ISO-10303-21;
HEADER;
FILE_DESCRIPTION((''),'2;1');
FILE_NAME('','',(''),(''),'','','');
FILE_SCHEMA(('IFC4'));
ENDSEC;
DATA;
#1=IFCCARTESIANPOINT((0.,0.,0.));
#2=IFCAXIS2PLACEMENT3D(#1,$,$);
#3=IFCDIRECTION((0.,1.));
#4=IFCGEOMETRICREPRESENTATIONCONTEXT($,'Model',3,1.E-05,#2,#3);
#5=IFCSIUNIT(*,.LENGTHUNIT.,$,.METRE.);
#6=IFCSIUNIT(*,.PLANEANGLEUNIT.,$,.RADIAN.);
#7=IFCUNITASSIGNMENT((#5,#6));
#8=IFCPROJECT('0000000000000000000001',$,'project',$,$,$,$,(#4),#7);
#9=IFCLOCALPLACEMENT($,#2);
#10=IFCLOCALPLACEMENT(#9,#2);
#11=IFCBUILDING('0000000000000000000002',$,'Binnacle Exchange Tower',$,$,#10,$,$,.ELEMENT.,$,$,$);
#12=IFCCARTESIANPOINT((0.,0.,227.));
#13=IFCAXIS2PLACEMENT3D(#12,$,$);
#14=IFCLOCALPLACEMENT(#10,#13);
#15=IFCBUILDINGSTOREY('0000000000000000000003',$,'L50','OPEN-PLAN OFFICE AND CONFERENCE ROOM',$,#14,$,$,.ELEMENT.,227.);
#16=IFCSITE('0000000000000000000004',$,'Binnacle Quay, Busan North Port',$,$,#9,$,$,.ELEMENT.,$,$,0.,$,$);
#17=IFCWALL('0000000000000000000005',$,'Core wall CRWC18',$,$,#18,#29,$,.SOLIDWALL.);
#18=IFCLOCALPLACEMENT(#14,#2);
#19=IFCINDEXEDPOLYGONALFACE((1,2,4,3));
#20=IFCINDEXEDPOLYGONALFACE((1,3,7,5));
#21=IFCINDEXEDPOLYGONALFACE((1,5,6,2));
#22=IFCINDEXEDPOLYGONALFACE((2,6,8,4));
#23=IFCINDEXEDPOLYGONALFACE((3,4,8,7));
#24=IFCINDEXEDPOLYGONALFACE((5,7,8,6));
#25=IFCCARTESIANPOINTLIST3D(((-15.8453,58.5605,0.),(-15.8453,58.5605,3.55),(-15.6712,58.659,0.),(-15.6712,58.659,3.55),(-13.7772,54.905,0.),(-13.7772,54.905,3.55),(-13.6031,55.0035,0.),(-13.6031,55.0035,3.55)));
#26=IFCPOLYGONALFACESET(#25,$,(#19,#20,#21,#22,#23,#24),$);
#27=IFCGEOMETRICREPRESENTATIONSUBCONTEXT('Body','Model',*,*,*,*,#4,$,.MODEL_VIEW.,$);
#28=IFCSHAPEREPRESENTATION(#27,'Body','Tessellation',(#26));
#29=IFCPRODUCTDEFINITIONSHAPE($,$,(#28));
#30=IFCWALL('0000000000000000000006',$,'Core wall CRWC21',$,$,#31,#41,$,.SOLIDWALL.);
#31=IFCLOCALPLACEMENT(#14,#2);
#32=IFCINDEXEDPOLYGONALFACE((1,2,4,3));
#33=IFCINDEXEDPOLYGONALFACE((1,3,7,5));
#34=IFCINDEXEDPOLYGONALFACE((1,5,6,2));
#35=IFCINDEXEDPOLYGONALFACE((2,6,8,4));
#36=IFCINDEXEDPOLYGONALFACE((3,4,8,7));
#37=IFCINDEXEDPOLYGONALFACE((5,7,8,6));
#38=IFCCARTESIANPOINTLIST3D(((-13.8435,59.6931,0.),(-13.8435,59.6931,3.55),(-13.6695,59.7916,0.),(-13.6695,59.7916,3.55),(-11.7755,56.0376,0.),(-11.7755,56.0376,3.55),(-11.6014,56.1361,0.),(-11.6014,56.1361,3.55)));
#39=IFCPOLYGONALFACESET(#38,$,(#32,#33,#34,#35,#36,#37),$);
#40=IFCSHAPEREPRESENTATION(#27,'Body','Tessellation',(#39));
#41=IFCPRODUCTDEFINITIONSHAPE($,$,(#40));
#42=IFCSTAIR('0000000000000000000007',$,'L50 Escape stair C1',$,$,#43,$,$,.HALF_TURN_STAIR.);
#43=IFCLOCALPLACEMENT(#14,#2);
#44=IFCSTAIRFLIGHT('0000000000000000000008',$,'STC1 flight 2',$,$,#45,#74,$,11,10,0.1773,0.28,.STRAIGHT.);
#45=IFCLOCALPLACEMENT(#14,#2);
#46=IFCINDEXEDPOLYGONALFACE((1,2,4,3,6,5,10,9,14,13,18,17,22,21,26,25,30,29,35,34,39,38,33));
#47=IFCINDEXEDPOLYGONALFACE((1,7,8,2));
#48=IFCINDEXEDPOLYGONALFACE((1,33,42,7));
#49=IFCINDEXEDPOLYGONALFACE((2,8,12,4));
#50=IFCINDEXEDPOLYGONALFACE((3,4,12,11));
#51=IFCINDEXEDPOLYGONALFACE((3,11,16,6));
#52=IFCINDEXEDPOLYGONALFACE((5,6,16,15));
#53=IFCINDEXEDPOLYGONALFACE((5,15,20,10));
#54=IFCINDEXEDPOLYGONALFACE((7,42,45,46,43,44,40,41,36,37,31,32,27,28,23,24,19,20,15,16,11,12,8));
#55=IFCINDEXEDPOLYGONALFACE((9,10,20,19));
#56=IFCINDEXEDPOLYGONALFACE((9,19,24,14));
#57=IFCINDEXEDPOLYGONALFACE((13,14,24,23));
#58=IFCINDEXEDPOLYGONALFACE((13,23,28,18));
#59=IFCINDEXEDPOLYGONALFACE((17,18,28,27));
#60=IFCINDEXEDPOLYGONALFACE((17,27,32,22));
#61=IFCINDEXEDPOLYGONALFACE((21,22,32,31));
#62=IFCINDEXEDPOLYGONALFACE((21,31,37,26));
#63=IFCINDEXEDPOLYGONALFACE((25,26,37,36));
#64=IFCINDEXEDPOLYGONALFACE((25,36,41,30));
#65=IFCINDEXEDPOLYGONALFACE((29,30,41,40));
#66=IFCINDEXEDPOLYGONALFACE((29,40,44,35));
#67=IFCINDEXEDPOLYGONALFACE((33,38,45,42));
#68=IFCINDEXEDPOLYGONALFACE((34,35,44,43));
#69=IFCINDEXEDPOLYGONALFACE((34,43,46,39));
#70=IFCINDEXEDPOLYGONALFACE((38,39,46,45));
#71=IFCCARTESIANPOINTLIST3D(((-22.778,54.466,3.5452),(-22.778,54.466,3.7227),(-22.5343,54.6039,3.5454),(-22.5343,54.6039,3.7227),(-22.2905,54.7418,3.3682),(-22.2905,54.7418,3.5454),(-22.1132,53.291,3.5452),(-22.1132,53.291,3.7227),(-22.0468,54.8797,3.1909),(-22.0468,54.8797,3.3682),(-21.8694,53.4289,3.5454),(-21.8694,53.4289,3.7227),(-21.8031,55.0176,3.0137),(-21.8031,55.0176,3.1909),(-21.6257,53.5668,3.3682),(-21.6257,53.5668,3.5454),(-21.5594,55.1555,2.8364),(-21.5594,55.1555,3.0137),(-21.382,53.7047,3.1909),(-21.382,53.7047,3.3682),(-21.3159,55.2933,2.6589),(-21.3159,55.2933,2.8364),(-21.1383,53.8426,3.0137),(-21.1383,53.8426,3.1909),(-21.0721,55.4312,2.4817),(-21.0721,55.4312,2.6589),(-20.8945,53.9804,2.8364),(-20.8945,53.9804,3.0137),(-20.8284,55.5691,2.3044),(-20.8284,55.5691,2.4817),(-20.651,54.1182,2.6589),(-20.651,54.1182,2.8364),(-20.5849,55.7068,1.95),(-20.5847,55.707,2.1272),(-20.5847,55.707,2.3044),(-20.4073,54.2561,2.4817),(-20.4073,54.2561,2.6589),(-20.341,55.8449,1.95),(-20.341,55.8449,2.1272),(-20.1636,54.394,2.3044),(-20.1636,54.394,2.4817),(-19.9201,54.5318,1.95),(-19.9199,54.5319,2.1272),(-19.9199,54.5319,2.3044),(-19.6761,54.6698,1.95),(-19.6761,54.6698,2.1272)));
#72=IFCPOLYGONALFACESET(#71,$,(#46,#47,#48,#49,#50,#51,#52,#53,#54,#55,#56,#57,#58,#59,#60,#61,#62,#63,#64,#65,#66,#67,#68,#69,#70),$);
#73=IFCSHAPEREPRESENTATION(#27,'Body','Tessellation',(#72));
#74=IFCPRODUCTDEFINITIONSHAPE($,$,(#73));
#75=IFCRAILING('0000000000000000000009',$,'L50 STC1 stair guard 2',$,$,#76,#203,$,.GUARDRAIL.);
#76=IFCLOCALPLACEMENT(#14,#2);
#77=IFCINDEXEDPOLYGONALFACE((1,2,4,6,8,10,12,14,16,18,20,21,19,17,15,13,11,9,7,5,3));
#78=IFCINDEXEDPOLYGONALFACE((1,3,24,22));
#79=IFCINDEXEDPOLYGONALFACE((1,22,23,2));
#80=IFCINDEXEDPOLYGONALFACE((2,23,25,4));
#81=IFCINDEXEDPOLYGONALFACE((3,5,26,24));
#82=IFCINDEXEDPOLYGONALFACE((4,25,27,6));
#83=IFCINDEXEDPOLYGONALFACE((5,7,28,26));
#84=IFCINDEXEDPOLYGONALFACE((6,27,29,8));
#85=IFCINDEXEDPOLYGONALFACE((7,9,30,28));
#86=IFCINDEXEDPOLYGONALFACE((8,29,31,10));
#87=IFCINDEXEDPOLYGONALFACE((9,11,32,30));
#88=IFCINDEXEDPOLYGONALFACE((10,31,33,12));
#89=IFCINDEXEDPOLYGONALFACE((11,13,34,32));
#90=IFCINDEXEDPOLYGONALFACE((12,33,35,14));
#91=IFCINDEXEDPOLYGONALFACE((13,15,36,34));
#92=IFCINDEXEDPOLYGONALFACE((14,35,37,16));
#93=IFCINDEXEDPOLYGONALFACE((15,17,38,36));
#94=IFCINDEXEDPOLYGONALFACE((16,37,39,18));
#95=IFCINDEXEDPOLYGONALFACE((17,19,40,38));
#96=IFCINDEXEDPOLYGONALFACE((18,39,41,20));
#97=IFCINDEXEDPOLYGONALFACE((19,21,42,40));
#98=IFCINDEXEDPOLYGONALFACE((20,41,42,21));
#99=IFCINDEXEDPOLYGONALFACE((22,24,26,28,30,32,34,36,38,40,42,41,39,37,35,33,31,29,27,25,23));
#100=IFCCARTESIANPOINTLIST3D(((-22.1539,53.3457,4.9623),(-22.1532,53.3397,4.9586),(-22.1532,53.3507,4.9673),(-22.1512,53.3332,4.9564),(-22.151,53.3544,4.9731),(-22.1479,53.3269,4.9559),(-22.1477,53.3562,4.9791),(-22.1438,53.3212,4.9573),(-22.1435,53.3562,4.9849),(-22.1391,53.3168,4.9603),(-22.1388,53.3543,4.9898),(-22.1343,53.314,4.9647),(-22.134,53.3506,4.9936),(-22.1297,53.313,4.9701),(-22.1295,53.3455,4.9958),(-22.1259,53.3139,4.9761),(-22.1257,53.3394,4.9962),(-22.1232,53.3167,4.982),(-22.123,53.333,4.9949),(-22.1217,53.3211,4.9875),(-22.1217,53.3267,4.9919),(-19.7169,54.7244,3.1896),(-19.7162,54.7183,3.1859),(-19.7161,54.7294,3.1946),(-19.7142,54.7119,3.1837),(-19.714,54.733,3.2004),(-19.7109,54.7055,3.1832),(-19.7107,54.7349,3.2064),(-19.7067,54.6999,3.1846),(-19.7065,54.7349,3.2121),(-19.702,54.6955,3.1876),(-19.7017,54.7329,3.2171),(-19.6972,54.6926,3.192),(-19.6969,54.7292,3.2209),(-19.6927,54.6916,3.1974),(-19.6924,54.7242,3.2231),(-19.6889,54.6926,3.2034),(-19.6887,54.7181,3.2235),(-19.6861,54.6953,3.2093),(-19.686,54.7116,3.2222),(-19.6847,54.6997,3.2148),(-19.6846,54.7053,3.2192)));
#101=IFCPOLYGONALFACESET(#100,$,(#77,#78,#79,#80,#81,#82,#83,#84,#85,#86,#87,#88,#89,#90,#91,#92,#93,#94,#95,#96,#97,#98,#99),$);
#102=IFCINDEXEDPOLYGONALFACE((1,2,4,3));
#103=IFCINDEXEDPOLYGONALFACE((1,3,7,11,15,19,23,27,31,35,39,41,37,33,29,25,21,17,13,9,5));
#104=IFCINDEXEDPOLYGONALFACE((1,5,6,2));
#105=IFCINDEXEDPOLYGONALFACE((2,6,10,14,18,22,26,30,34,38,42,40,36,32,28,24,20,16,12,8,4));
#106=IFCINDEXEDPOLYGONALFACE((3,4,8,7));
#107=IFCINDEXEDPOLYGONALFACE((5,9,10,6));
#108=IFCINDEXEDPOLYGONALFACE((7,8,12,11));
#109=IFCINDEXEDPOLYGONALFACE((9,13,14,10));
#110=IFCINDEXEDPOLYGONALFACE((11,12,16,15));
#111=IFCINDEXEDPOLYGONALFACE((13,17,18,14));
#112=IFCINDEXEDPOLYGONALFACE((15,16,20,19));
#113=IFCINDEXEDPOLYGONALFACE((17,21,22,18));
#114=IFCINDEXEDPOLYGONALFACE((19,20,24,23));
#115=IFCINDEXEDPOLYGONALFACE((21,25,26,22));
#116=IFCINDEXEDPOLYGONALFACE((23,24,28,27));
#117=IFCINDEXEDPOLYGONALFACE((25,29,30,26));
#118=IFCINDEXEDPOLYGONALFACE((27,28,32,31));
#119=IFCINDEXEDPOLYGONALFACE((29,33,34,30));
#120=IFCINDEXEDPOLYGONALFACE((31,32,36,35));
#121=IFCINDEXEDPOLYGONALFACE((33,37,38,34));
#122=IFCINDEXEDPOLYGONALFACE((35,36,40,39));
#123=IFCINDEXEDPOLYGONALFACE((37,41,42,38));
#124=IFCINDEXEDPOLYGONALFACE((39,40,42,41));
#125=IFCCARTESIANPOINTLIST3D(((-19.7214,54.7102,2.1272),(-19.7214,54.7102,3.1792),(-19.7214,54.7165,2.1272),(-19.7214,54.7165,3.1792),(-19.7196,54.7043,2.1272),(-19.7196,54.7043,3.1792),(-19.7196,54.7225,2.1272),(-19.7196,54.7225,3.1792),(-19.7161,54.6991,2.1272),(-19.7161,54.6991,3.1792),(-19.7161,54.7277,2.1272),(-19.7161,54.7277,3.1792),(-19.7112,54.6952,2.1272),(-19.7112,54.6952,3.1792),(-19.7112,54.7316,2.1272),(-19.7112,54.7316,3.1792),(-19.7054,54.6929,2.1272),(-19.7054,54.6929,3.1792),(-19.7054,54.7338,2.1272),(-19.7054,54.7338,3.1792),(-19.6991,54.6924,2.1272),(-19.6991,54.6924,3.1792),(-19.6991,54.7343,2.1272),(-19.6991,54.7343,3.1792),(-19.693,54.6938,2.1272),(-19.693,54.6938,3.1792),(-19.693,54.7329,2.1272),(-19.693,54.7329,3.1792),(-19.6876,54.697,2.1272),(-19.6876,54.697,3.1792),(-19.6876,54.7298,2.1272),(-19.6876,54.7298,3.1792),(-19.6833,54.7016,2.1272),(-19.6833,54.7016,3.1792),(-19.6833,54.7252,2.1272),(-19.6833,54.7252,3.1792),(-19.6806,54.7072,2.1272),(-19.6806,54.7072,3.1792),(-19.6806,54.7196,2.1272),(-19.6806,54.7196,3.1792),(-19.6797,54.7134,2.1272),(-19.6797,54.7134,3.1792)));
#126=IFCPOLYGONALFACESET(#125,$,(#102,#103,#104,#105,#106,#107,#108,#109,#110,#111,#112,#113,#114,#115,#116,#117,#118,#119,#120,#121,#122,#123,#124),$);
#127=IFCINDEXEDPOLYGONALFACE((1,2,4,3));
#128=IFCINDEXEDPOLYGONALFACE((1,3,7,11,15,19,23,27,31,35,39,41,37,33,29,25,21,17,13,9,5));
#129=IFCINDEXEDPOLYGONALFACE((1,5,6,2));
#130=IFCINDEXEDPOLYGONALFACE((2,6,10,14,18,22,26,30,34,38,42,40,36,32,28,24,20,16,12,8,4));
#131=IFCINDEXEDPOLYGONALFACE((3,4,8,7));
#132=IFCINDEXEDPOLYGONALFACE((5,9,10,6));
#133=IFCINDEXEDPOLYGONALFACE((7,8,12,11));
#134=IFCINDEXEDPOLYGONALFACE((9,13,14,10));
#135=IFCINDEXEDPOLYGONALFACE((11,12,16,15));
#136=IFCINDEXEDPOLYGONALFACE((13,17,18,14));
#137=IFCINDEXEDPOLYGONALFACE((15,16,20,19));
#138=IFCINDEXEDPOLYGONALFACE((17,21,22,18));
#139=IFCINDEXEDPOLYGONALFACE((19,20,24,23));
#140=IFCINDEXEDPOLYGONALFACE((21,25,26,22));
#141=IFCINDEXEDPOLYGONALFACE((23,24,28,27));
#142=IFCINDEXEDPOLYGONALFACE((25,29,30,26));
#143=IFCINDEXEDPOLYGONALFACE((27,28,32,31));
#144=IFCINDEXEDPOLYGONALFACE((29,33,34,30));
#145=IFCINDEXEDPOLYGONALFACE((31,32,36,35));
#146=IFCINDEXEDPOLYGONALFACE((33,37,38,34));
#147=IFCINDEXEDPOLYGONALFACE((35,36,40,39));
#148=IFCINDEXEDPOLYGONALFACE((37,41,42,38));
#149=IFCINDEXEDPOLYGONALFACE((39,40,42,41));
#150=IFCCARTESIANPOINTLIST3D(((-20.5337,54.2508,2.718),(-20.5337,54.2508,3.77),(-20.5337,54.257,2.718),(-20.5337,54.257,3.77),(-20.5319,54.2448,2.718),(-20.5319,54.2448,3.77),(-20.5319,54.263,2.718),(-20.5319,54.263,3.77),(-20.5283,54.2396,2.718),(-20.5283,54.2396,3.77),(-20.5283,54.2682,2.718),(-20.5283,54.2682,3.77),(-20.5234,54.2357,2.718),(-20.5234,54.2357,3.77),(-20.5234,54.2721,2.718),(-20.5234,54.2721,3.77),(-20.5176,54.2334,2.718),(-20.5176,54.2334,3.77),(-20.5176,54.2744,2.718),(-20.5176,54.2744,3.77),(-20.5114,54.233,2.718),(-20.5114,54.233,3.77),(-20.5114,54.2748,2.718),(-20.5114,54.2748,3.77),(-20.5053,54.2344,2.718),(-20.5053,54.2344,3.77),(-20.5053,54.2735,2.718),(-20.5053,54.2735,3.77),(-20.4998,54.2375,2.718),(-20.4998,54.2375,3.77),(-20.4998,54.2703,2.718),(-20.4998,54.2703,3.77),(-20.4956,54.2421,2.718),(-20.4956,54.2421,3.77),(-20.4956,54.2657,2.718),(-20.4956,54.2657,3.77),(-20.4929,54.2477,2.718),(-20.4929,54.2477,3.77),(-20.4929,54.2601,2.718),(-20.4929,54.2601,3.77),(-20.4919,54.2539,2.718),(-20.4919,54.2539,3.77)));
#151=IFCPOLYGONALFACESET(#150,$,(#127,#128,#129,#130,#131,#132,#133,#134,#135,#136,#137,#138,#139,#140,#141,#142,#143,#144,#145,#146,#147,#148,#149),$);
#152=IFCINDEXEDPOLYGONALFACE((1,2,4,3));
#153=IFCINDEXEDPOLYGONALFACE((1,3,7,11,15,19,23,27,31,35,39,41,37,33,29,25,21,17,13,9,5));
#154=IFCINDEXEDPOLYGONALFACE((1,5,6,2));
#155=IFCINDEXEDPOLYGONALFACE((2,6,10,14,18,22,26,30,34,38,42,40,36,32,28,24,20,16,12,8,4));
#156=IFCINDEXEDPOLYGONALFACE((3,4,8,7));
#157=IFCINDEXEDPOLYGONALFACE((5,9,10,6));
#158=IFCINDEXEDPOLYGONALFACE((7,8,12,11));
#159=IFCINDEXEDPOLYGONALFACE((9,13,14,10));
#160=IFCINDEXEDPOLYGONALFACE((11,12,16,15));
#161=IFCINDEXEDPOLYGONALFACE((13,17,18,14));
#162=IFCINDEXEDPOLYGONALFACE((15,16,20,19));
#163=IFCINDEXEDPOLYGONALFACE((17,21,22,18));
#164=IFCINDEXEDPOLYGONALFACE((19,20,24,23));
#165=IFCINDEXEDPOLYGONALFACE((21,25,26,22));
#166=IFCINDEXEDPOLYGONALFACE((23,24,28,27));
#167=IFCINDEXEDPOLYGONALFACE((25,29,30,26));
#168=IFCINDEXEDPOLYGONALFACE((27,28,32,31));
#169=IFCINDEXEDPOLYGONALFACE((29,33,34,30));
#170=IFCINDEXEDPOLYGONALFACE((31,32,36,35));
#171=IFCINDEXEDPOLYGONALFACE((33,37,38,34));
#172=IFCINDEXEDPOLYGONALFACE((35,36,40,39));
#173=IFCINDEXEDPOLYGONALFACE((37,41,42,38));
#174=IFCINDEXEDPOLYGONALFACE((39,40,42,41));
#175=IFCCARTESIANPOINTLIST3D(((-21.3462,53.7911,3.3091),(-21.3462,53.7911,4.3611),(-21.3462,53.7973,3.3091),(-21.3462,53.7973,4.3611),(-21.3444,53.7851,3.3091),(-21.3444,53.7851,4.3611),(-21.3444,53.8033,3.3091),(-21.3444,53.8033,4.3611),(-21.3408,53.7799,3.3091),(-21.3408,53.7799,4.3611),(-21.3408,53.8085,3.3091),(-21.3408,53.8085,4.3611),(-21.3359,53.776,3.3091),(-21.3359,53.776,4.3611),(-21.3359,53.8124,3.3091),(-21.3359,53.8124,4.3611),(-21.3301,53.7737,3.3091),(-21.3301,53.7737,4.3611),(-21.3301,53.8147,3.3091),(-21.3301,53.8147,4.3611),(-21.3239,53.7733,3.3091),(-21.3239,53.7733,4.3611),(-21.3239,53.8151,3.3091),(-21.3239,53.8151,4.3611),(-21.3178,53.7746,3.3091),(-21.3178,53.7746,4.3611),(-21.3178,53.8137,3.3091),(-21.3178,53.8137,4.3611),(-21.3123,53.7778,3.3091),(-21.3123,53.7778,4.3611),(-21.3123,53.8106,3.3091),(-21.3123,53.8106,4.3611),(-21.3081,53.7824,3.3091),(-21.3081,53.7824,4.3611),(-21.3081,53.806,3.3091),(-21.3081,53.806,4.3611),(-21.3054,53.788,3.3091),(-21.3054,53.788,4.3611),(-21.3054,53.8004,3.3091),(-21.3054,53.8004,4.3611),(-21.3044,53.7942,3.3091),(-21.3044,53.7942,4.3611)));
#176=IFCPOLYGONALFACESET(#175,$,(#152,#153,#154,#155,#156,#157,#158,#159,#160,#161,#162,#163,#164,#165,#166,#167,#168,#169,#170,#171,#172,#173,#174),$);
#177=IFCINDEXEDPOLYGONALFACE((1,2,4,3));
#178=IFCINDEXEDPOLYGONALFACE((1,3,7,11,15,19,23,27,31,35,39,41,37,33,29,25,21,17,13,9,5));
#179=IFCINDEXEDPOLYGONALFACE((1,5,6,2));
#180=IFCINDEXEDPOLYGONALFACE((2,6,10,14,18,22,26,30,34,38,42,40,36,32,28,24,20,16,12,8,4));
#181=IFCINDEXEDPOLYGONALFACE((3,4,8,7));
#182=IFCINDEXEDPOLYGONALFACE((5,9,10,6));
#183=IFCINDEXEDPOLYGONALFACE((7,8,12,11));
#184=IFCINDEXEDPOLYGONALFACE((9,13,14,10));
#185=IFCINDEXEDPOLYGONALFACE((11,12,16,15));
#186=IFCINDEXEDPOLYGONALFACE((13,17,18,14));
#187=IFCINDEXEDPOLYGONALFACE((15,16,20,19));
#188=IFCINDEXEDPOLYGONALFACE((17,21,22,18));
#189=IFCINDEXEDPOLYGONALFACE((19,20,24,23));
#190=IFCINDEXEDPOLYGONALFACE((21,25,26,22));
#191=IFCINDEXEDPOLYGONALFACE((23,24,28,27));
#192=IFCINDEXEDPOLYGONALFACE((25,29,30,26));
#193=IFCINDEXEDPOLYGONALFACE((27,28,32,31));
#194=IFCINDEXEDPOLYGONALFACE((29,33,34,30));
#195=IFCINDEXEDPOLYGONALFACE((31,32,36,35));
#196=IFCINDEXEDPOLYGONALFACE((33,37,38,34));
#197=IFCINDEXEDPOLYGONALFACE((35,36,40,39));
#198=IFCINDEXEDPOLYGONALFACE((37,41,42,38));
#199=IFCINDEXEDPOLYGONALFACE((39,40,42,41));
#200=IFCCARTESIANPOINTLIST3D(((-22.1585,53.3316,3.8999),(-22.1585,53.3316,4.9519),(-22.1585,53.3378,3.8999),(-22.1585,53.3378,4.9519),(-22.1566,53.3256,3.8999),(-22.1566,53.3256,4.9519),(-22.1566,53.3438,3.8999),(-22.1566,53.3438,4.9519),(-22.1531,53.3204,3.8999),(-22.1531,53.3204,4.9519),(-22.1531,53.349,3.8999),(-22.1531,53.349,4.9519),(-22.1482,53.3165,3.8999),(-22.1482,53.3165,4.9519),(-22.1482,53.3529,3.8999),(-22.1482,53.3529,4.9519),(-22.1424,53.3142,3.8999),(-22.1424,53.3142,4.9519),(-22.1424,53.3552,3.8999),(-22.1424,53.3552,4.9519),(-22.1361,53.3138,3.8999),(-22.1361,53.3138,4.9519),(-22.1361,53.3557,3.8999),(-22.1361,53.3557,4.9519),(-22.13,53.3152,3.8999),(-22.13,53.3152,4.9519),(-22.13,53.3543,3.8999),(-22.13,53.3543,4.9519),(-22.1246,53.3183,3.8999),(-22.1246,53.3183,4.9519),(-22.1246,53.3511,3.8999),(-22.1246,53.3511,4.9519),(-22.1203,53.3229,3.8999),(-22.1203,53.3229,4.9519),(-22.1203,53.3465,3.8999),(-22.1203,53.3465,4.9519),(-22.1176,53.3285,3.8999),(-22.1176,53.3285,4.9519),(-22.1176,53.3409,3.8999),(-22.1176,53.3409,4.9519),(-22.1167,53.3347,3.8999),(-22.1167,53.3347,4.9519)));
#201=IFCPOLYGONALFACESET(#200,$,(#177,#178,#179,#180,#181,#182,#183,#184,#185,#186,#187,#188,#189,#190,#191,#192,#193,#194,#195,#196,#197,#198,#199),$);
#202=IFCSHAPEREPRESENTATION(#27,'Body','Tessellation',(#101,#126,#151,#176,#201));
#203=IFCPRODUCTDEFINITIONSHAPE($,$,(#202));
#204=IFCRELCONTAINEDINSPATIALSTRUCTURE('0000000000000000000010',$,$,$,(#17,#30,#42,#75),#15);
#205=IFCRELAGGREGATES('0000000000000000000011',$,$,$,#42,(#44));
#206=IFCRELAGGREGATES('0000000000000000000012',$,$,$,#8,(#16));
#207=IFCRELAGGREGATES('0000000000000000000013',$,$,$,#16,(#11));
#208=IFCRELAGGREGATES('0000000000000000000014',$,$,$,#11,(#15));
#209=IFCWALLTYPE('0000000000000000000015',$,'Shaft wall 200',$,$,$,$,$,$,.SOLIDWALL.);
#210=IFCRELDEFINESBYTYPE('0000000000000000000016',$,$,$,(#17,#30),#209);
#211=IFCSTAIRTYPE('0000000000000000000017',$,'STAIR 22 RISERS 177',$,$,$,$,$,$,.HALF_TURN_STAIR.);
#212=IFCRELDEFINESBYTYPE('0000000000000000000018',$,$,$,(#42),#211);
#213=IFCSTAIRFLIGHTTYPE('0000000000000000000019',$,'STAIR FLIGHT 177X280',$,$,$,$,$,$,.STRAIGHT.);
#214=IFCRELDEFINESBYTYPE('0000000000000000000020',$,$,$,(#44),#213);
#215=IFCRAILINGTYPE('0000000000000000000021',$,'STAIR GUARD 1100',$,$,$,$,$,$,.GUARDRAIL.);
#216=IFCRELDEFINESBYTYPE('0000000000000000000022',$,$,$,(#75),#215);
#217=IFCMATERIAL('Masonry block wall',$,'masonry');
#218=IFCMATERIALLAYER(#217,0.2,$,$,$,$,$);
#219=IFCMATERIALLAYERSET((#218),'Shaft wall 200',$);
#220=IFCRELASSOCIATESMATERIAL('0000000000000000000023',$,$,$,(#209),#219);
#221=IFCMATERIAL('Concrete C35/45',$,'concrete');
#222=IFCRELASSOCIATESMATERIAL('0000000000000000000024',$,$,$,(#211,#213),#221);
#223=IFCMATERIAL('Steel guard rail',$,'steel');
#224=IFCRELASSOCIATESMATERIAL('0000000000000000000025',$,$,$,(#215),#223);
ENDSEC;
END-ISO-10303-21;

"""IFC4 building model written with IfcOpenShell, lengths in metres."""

from ifc_helpers import new_model, si_unit, direction, frame, frame_2d, origin, origin_2d, place, context, subcontext, project, spatial, polyline, rectangle, circle, outline, extrude, material, layer, layer_set, type_object, element, aggregate, save


model = new_model("IFC4")

# Units and contexts
model_context = context("Model", 3, precision=1e-05, world=origin(), true_north=direction((0.0, 1.0)))
body_context = subcontext(model_context, "Body", "Model", "MODEL_VIEW")
ifc_project = project(units=[si_unit("LENGTHUNIT", "METRE"), si_unit("PLANEANGLEUNIT", "RADIAN")], contexts=[model_context])

# Site, building, storey
site_placement = place(None, origin())
site = spatial("IfcSite", under=ifc_project, at=site_placement, Name="Binnacle Quay, Busan North Port", CompositionType="ELEMENT", RefElevation=0.0)
building_placement = place(site_placement, origin())
building = spatial("IfcBuilding", under=site, at=building_placement, Name="Binnacle Exchange Tower", CompositionType="ELEMENT")
storey_placement = place(building_placement, frame((0.0, 0.0, 227.0)))
storey = spatial("IfcBuildingStorey", under=building, at=storey_placement, Name="L50", Description="OPEN-PLAN OFFICE AND CONFERENCE ROOM", CompositionType="ELEMENT", Elevation=227.0)

# Shared definitions
ifc_material_1 = material(Name="Masonry block wall", Category="masonry")

# Walls
ifc_layer_1 = layer(ifc_material_1, 0.2)
ifc_layer_set_1 = layer_set([ifc_layer_1], Name="Shaft wall 200")
wall_type_1 = type_object("IfcWallType", Name="Shaft wall 200", PredefinedType="SOLIDWALL", material=ifc_layer_set_1)
for number, where, z_axis, x_axis, name in (
    (1, (-15.7583, 58.6099, 0.0), (0.0, 0.0, 1.0), (0.49241, -0.870364, 0.0), "Core wall CRWC18"),
    (2, (-13.7566, 59.7424, 0.0), (0.0, 0.0, 1.0), (0.49241, -0.870364, 0.0), "Core wall CRWC21"),
):
    element("IfcWall", number, at=place(storey_placement, frame(where, z_axis=z_axis, x_axis=x_axis)), inside=storey, type_object=wall_type_1, Name=name, PredefinedType="SOLIDWALL", context=body_context, shape_type="SweptSolid", body=[
        extrude(rectangle(XDim=4.2, YDim=0.2, at=frame_2d((2.1001, 0.0))), origin(), (0.0, 0.0, 1.0), 3.55),
    ])

# Stair, stair flight
ifc_material_2 = material(Name="Concrete C35/45", Category="concrete")
stair_type = type_object("IfcStairType", Name="STAIR 22 RISERS 177", PredefinedType="HALF_TURN_STAIR", material=ifc_material_2)
stair_placement = place(storey_placement, origin())
stair = element("IfcStair", 3, at=stair_placement, inside=storey, type_object=stair_type, Name="L50 Escape stair C1", PredefinedType="HALF_TURN_STAIR")
stair_flight_type = type_object("IfcStairFlightType", Name="STAIR FLIGHT 177X280", PredefinedType="STRAIGHT", material=ifc_material_2)
stair_flight_placement = place(storey_placement, frame((-20.0085, 55.2573, 1.95), z_axis=(0.0, 0.0, 1.0), x_axis=(-0.870356, -0.492424, 0.0)))
stair_flight = element("IfcStairFlight", 4, at=stair_flight_placement, type_object=stair_flight_type, Name="STC1 flight 2", NumberOfRisers=11, NumberOfTreads=10, PredefinedType="STRAIGHT", RiserHeight=0.1773, TreadLength=0.28, context=body_context, shape_type="SweptSolid", body=[
    extrude(outline(polyline([(0.0, 0.0), (0.0, 0.1772), (0.28, 0.1772), (0.28, 0.3545), (0.5601, 0.3545), (0.5601, 0.5317), (0.8401, 0.5317), (0.8401, 0.709), (1.1201, 0.709), (1.1201, 0.8865), (1.3999, 0.8865), (1.3999, 1.0637), (1.6799, 1.0637), (1.6799, 1.241), (1.96, 1.241), (1.96, 1.4182), (2.24, 1.4182), (2.24, 1.5955), (2.52, 1.5955), (2.52, 1.7727), (2.8, 1.7727), (2.8, 1.95), (2.8, 1.5952), (0.2803, 0.0), (0.0, 0.0)])), frame((0.0, 0.675, 0.0), z_axis=(0.0, -1.0, 0.0), x_axis=(1.0, 0.0, 0.0)), (0.0, 0.0, 1.0), 1.3501),
])
aggregate(stair, [stair_flight])

# Railing
ifc_material_3 = material(Name="Steel guard rail", Category="steel")
railing_type = type_object("IfcRailingType", Name="STAIR GUARD 1100", PredefinedType="GUARDRAIL", material=ifc_material_3)
railing_placement = place(storey_placement, frame((-19.7007, 54.7134, 2.1272)))
element("IfcRailing", 5, at=railing_placement, inside=storey, type_object=railing_type, Name="L50 STC1 stair guard 2", PredefinedType="GUARDRAIL", context=body_context, shape_type="SweptSolid", body=[
    extrude(circle(Radius=0.0239, at=origin_2d()), frame((0.0, 0.0, 1.0762), z_axis=(-0.735381, -0.416019, 0.534923), x_axis=(0.492388, -0.870376, 0.0)), (0.0, 0.0, 1.0), 3.314),
    extrude(circle(Radius=0.021, at=origin_2d()), origin(), (0.0, 0.0, 1.0), 1.052),
    extrude(circle(Radius=0.021, at=origin_2d()), frame((-0.8123, -0.4595, 0.5908)), (0.0, 0.0, 1.0), 1.052),
    extrude(circle(Radius=0.021, at=origin_2d()), frame((-1.6248, -0.9192, 1.1819)), (0.0, 0.0, 1.0), 1.052),
    extrude(circle(Radius=0.021, at=origin_2d()), frame((-2.437, -1.3787, 1.7727)), (0.0, 0.0, 1.0), 1.052),
])

save(model, "model.ifc")
